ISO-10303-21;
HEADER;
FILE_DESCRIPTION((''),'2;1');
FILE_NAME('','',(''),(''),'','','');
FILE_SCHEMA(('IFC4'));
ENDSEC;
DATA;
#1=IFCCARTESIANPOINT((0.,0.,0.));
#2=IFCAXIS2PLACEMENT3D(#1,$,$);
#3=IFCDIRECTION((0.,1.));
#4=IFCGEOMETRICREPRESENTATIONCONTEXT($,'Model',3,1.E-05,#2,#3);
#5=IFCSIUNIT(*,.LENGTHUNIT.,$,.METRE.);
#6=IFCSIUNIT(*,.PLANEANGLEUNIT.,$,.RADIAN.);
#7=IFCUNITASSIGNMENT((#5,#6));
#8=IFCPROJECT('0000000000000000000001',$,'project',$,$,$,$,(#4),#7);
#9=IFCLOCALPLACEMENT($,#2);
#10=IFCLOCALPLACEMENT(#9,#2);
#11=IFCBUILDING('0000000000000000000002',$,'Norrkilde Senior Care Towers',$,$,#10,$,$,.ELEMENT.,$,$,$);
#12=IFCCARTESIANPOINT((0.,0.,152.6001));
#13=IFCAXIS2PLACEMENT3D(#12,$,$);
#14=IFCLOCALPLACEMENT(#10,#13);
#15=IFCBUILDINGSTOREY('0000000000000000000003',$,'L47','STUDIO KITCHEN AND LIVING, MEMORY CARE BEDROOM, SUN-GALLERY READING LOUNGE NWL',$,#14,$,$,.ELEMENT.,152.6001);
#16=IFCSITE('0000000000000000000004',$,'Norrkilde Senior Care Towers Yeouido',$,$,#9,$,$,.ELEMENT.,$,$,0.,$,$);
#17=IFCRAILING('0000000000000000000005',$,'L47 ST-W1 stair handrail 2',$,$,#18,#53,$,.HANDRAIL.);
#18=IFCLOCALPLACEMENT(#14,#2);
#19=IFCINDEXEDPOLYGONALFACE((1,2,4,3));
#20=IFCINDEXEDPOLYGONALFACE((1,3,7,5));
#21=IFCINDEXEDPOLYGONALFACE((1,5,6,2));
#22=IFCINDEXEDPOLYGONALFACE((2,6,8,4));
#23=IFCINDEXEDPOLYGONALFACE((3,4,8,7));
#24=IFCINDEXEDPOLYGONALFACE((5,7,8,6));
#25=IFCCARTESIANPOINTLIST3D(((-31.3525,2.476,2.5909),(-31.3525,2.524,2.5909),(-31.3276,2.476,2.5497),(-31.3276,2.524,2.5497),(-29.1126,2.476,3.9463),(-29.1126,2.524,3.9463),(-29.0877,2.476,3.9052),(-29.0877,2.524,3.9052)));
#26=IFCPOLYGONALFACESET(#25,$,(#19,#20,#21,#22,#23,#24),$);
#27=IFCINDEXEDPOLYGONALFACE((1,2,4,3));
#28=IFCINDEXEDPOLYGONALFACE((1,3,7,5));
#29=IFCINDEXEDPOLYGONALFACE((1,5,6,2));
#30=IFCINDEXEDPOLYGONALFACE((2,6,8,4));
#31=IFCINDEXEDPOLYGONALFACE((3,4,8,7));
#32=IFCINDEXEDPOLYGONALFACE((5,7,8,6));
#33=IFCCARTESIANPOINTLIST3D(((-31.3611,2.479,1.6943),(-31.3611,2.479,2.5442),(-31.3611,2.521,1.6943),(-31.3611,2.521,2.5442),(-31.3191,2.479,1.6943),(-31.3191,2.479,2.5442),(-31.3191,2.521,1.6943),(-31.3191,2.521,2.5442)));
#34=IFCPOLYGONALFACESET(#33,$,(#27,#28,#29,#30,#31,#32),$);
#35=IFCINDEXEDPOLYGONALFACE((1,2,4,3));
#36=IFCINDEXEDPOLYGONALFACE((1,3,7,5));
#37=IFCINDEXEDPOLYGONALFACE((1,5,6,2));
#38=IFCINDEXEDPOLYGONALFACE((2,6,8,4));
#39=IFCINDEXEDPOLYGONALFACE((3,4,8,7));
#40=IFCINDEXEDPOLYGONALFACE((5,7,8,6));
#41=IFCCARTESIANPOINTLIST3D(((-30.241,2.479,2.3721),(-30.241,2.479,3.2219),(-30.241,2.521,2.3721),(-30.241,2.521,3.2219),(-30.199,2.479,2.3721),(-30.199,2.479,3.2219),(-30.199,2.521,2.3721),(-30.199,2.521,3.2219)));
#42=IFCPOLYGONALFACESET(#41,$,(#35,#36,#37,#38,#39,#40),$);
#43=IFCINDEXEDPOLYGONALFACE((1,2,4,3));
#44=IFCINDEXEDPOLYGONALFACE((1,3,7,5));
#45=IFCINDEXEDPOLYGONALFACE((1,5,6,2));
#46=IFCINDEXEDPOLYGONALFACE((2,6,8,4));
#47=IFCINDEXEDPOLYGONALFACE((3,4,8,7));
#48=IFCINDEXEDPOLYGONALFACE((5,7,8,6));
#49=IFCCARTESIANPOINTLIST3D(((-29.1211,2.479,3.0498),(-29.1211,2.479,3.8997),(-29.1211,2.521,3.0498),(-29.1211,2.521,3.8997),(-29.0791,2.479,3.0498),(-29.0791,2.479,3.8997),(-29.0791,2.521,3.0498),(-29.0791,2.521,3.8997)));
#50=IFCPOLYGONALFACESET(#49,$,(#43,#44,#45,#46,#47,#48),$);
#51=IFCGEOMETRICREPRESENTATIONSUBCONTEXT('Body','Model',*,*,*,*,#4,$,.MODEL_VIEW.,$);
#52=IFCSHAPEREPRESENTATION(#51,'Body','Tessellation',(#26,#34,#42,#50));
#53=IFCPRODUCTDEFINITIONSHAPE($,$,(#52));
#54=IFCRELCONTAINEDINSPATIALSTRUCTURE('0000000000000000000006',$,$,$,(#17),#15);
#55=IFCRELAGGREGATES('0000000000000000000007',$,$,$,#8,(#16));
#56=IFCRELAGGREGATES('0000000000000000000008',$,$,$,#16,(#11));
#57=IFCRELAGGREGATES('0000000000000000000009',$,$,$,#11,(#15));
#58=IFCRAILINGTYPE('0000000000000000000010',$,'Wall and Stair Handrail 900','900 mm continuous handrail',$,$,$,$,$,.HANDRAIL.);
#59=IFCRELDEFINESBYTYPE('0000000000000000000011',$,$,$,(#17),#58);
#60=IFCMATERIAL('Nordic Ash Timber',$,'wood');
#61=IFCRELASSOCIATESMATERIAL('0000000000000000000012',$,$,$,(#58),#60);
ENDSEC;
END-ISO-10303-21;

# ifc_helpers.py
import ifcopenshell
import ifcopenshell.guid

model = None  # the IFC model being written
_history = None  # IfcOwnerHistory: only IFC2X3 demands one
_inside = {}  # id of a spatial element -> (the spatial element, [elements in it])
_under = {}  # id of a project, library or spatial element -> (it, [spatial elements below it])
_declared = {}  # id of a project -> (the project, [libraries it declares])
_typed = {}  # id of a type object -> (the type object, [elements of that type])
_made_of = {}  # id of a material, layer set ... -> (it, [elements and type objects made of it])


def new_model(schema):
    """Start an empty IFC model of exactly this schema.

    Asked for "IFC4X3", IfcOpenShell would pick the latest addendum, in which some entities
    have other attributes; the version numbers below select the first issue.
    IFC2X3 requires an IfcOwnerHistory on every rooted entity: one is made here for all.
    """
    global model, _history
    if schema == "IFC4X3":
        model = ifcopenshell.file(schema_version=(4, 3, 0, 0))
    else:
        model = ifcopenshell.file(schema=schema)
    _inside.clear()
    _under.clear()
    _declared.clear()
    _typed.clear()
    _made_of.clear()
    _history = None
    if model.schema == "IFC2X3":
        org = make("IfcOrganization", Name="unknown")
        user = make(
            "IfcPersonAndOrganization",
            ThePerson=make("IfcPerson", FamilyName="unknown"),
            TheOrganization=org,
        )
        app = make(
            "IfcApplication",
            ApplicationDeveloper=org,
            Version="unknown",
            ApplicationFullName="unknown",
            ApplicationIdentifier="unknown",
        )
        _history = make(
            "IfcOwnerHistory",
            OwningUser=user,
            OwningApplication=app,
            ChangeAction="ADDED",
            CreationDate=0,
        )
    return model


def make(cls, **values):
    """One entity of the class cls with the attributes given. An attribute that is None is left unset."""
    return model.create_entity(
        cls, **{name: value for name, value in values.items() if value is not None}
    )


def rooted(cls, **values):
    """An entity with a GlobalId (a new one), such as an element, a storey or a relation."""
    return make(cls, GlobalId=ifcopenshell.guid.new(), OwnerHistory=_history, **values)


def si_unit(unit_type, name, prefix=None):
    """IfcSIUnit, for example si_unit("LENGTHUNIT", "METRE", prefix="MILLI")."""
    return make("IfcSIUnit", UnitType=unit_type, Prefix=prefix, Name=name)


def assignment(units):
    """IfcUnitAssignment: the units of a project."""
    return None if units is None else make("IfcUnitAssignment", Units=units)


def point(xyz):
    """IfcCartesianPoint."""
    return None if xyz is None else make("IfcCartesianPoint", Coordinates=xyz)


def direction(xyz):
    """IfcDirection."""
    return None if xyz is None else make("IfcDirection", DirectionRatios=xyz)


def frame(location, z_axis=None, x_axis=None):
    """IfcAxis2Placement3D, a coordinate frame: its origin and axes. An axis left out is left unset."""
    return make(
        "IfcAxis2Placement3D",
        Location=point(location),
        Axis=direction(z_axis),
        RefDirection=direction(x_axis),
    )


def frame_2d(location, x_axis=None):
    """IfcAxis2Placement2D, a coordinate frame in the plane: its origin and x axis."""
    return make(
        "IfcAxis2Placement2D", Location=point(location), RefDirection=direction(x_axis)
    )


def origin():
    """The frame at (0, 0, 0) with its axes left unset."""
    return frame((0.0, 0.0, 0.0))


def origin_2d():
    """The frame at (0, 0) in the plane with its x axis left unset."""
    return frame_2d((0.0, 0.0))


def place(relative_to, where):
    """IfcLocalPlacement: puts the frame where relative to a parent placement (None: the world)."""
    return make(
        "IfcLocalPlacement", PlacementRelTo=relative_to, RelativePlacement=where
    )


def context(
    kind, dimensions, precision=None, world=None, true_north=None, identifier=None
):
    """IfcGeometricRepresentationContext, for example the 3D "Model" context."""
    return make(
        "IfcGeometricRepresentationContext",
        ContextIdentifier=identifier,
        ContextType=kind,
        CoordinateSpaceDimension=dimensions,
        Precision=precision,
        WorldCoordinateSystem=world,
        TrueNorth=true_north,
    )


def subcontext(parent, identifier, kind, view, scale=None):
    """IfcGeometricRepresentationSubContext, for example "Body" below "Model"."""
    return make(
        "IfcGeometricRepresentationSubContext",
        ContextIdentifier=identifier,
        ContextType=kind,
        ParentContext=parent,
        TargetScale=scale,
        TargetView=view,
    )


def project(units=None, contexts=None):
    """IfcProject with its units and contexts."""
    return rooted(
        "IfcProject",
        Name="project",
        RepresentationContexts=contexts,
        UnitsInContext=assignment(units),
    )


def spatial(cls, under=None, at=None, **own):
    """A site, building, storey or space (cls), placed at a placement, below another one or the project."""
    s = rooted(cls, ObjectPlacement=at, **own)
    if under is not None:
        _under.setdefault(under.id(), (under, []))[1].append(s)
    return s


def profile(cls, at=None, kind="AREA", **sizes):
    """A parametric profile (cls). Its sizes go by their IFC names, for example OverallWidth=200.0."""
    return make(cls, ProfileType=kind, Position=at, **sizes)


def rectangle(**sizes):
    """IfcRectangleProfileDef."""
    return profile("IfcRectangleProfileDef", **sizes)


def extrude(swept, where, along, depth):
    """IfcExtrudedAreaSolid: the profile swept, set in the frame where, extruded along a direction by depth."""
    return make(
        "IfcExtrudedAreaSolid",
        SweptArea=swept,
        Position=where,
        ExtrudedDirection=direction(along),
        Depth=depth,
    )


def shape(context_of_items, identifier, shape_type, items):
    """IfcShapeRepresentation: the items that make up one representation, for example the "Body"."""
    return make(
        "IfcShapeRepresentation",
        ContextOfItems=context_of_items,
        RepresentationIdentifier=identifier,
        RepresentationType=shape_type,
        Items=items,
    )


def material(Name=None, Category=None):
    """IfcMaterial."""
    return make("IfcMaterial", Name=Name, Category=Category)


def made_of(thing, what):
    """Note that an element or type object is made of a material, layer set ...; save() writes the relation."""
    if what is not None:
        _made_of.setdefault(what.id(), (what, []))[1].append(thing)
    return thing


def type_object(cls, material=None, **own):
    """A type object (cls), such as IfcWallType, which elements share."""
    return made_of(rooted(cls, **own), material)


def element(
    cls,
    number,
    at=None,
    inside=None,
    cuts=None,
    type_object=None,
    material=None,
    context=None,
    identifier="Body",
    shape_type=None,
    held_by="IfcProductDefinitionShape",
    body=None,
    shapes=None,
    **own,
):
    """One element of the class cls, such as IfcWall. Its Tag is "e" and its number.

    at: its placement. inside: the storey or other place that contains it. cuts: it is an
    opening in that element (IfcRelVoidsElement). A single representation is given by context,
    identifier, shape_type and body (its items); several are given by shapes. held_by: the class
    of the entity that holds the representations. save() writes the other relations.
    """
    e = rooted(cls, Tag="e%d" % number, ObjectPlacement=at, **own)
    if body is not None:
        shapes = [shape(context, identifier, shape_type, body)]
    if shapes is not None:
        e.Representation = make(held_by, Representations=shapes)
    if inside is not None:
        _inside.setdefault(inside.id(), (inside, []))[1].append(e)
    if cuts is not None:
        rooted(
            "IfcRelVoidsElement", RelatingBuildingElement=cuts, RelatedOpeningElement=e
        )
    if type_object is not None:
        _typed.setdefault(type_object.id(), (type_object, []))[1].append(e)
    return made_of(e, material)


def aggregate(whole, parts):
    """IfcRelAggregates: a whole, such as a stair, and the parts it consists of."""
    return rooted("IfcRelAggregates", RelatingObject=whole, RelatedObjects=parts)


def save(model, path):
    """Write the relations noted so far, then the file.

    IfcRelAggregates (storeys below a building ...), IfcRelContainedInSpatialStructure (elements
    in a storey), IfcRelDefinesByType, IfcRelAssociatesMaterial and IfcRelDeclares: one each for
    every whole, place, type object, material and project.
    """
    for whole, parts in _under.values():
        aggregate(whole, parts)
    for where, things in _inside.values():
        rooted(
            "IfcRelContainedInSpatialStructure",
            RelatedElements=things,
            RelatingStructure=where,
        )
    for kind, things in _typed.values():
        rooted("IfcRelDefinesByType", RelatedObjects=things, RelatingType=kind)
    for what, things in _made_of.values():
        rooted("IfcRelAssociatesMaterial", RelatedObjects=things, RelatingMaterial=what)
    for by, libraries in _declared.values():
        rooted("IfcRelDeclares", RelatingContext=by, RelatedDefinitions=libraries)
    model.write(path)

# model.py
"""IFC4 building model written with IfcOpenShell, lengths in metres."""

from ifc_helpers import new_model, si_unit, direction, frame, origin, origin_2d, place, context, subcontext, project, spatial, rectangle, extrude, material, type_object, element, save


model = new_model("IFC4")

# Units and contexts
model_context = context("Model", 3, precision=1e-05, world=origin(), true_north=direction((0.0, 1.0)))
body_context = subcontext(model_context, "Body", "Model", "MODEL_VIEW")
ifc_project = project(units=[si_unit("LENGTHUNIT", "METRE"), si_unit("PLANEANGLEUNIT", "RADIAN")], contexts=[model_context])

# Site, building, storey
site_placement = place(None, origin())
site = spatial("IfcSite", under=ifc_project, at=site_placement, Name="Norrkilde Senior Care Towers Yeouido", CompositionType="ELEMENT", RefElevation=0.0)
building_placement = place(site_placement, origin())
building = spatial("IfcBuilding", under=site, at=building_placement, Name="Norrkilde Senior Care Towers", CompositionType="ELEMENT")
storey_placement = place(building_placement, frame((0.0, 0.0, 152.6001)))
storey = spatial("IfcBuildingStorey", under=building, at=storey_placement, Name="L47", Description="STUDIO KITCHEN AND LIVING, MEMORY CARE BEDROOM, SUN-GALLERY READING LOUNGE NWL", CompositionType="ELEMENT", Elevation=152.6001)

# Shared definitions
ifc_material_1 = material(Name="Nordic Ash Timber", Category="wood")

# Railing
railing_type_1 = type_object("IfcRailingType", Name="Wall and Stair Handrail 900", Description="900 mm continuous handrail", PredefinedType="HANDRAIL", material=ifc_material_1)
railing_1_placement = place(storey_placement, frame((-31.3401, 2.5, 1.6943)))
element("IfcRailing", 1, at=railing_1_placement, inside=storey, type_object=railing_type_1, Name="L47 ST-W1 stair handrail 2", PredefinedType="HANDRAIL", context=body_context, shape_type="SweptSolid", body=[
    extrude(rectangle(XDim=0.0481, YDim=0.0481, at=origin_2d()), frame((0.0, 0.0, 0.876), z_axis=(0.855553, 0.0, 0.517715), x_axis=(0.0, 1.0, 0.0)), (0.0, 0.0, 1.0), 2.6182),
    extrude(rectangle(XDim=0.042, YDim=0.042, at=origin_2d()), origin(), (0.0, 0.0, 1.0), 0.8499),
    extrude(rectangle(XDim=0.042, YDim=0.042, at=origin_2d()), frame((1.1201, 0.0, 0.6777)), (0.0, 0.0, 1.0), 0.8499),
    extrude(rectangle(XDim=0.042, YDim=0.042, at=origin_2d()), frame((2.24, 0.0, 1.3555)), (0.0, 0.0, 1.0), 0.8499),
])

save(model, "model.ifc")
